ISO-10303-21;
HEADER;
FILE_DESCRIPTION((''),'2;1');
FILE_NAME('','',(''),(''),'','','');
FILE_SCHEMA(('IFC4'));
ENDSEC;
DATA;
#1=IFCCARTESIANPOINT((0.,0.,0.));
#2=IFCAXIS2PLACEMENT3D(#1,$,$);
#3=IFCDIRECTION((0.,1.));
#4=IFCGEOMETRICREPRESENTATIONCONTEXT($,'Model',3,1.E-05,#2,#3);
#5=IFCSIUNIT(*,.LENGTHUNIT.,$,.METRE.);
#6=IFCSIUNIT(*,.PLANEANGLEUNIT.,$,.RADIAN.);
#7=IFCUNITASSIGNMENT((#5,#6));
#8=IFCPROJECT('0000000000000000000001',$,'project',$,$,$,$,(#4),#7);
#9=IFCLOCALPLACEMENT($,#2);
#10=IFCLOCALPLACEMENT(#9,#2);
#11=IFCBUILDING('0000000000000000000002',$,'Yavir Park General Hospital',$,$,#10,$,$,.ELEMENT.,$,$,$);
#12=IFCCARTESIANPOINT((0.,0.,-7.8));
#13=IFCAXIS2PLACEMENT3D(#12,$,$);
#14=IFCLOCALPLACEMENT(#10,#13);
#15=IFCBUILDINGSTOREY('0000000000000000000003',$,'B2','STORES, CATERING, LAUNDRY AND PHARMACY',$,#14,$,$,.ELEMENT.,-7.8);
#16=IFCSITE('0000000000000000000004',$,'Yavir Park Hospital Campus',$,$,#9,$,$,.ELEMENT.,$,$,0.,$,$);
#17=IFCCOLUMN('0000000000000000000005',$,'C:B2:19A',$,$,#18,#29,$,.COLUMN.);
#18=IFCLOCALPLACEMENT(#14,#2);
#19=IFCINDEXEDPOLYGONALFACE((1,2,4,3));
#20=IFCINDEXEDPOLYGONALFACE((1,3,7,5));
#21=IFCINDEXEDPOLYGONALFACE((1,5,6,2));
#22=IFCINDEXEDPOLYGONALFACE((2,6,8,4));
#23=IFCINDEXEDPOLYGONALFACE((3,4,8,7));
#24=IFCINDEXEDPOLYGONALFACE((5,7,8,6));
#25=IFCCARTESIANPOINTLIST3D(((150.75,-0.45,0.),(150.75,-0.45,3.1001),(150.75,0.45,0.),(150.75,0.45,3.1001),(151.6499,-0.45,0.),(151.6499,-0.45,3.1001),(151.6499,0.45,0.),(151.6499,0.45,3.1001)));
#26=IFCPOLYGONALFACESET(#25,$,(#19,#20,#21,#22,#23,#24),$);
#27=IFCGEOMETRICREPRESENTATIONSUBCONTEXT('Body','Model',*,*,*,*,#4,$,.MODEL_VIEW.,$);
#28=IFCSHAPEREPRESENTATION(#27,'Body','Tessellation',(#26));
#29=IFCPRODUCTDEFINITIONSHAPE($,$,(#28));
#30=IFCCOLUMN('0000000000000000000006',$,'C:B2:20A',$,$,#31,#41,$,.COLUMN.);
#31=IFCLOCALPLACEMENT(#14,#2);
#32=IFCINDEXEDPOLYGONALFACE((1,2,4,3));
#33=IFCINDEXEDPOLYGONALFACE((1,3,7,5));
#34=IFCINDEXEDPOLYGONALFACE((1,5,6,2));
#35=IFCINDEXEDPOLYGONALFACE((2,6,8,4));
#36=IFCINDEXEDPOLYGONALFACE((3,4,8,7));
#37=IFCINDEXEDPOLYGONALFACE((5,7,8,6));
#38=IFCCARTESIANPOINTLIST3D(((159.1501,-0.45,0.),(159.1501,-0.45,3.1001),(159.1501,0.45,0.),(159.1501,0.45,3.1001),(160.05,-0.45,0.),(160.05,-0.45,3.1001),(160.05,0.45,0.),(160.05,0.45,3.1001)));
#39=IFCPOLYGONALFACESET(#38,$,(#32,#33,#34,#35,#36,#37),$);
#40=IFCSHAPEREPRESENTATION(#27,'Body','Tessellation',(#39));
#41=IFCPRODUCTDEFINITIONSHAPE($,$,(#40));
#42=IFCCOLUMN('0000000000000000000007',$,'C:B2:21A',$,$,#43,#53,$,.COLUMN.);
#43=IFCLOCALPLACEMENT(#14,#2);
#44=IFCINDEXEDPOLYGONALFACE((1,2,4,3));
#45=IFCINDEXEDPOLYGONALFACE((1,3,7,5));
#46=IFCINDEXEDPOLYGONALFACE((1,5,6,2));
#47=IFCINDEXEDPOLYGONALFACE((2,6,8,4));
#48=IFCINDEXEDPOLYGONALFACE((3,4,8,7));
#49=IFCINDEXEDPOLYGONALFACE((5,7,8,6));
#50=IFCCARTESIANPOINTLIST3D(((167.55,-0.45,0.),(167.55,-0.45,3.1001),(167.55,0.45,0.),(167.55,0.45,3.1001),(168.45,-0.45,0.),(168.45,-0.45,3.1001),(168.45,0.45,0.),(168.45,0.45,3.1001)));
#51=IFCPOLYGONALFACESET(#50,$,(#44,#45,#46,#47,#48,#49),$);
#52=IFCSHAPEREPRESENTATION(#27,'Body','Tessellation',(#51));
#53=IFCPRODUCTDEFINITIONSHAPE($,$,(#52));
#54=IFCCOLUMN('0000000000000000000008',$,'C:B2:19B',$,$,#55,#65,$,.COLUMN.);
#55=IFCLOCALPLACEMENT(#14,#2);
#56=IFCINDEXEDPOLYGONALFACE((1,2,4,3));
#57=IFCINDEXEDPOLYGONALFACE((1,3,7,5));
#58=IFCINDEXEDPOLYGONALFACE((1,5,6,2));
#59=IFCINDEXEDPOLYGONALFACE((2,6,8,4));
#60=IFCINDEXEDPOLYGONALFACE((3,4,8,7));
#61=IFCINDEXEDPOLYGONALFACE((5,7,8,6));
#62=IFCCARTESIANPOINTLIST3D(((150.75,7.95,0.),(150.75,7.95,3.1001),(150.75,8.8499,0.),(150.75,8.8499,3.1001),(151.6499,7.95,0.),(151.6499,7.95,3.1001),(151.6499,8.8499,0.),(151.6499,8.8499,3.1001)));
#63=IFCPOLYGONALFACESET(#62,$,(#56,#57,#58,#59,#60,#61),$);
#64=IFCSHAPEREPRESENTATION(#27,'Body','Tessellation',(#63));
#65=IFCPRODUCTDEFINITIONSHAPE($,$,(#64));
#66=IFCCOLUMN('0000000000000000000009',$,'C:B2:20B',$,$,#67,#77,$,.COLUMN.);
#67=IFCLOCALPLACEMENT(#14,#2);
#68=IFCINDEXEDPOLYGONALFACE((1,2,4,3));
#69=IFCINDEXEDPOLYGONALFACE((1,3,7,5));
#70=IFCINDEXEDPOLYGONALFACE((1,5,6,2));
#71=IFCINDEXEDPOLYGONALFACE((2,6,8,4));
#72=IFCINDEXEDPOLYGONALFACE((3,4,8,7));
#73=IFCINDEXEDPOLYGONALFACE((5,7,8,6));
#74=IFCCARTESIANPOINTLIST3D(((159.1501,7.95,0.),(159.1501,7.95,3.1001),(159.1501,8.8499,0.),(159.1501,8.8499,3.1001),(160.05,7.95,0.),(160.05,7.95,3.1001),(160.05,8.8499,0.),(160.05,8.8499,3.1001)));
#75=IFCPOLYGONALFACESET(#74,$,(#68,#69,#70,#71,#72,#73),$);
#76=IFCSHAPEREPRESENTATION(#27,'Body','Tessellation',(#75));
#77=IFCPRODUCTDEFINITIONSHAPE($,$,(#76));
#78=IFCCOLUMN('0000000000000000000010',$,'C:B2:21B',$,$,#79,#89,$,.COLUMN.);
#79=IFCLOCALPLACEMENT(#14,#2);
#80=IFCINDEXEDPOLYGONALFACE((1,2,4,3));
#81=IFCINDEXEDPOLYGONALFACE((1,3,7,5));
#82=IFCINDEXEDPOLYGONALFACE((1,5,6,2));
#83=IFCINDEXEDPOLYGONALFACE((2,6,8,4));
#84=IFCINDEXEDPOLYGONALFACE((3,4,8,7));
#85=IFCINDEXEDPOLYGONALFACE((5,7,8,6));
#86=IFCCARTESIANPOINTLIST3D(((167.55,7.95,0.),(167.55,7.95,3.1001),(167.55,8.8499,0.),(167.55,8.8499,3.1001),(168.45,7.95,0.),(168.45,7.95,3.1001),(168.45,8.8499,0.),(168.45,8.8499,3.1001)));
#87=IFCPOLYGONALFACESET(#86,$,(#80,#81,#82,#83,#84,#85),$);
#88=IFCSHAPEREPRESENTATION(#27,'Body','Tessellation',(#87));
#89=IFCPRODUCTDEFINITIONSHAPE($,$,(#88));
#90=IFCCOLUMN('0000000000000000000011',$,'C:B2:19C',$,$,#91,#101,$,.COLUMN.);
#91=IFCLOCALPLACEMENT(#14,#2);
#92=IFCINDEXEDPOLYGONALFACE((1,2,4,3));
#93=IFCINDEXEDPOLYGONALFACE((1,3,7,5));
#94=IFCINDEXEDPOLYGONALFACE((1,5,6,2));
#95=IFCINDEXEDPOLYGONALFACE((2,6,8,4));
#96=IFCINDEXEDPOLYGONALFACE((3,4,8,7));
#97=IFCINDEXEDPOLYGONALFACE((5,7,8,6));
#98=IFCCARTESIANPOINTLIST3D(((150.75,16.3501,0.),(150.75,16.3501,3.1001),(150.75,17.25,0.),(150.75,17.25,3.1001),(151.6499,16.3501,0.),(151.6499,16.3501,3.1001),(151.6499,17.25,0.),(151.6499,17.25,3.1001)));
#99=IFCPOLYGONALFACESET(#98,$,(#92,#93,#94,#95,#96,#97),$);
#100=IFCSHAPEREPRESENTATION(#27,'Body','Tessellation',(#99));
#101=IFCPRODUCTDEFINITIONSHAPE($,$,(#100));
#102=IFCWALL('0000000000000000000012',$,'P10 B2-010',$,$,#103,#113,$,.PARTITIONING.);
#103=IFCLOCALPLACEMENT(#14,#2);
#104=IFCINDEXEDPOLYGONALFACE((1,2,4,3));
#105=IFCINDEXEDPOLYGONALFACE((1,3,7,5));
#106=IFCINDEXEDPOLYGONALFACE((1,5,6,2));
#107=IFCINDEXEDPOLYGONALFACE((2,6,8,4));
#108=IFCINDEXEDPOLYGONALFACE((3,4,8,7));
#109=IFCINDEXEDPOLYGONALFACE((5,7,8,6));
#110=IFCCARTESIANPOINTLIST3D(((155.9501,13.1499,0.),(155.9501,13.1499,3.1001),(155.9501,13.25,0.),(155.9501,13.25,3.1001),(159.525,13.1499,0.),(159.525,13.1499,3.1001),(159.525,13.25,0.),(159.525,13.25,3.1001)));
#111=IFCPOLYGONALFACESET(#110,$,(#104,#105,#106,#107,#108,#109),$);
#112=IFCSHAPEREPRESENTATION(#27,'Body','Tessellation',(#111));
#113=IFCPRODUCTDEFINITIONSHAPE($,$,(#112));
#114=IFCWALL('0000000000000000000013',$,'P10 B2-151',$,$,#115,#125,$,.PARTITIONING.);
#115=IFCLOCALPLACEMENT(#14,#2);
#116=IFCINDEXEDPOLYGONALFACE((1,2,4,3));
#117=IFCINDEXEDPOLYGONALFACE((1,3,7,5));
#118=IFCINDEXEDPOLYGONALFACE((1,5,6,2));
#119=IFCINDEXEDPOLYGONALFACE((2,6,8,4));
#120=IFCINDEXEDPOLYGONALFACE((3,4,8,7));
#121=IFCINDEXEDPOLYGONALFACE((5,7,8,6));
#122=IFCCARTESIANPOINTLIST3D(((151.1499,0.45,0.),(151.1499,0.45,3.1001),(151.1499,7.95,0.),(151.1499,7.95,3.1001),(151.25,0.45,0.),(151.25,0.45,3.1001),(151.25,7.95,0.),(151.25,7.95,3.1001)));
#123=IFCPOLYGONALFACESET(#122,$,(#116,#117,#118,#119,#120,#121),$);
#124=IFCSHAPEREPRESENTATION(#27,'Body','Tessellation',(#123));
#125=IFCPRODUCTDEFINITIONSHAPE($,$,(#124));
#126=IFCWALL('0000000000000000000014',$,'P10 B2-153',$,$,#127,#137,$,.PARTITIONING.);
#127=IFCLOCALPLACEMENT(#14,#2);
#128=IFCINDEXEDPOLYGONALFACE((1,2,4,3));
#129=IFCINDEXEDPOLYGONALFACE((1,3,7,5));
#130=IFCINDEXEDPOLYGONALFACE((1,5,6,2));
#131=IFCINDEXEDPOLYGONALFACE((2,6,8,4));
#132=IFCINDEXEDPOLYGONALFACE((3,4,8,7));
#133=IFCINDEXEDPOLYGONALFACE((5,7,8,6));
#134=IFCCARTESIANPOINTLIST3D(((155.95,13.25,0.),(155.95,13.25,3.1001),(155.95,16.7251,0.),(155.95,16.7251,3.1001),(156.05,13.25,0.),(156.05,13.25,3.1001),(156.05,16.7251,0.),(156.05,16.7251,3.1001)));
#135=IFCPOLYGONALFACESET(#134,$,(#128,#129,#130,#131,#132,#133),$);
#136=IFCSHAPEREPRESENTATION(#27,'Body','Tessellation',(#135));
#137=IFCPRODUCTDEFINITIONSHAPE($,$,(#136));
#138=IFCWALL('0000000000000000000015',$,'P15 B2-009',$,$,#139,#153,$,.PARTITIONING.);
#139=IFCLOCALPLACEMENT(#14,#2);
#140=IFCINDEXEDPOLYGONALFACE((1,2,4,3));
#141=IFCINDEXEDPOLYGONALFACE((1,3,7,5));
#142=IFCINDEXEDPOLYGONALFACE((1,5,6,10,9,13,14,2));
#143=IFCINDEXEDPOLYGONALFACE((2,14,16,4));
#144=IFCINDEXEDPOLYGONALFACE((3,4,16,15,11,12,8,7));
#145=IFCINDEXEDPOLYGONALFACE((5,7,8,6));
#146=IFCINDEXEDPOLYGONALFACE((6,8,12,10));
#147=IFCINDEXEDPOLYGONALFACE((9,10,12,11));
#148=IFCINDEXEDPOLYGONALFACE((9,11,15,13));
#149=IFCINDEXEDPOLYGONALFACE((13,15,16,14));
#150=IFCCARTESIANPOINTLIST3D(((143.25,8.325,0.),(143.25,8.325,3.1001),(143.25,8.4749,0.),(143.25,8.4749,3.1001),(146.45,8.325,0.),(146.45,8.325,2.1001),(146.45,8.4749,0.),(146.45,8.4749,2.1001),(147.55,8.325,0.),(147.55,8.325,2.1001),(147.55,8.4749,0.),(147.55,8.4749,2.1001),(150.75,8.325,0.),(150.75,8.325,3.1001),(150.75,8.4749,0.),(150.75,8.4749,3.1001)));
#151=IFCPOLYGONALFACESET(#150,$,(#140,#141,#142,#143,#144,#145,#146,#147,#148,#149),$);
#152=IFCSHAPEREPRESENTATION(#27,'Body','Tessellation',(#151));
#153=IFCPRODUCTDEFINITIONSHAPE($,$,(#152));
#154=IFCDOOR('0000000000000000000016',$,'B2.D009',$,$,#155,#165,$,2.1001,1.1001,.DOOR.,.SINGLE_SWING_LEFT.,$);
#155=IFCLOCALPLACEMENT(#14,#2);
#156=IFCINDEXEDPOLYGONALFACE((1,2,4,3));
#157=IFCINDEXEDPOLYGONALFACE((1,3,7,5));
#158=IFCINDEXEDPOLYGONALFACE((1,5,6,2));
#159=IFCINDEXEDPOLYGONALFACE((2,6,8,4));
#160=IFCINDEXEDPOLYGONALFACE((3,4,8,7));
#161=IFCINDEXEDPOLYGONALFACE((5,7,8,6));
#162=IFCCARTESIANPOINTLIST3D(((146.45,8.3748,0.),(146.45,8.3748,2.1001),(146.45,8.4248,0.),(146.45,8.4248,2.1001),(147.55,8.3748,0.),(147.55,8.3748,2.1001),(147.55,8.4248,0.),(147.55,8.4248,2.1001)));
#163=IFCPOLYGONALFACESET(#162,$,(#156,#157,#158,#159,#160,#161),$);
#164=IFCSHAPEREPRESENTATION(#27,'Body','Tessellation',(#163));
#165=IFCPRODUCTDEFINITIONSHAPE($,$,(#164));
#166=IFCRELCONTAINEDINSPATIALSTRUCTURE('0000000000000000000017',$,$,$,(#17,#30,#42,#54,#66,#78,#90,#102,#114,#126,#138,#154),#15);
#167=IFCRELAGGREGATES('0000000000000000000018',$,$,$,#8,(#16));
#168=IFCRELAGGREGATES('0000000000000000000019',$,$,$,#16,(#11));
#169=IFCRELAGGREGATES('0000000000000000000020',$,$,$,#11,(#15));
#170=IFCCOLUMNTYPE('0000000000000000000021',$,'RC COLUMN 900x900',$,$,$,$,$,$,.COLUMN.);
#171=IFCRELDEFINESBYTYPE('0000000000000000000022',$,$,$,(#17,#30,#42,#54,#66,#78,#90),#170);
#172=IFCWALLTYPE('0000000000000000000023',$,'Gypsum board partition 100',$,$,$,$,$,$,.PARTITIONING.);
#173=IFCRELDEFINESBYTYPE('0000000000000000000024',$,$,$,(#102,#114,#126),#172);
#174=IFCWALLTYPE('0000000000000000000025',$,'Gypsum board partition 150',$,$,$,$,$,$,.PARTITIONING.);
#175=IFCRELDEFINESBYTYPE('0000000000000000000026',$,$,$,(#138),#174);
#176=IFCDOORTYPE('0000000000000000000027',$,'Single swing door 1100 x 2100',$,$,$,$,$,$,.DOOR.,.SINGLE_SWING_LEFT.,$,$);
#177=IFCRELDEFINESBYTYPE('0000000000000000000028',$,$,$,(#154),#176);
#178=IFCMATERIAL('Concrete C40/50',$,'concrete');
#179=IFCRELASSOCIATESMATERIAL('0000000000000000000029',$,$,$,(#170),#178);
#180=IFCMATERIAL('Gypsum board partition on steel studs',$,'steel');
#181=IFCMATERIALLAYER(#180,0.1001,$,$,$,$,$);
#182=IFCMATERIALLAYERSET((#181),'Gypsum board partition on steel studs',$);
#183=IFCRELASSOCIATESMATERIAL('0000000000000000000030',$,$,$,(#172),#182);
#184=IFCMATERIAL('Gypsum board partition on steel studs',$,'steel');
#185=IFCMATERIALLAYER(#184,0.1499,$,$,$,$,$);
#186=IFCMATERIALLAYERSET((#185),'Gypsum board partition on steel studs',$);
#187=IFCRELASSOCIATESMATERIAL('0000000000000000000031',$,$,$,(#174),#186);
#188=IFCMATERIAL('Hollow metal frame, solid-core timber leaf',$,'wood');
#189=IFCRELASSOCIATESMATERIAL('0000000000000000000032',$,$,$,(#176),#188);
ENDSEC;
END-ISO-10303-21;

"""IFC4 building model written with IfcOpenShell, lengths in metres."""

from ifc_helpers import new_model, si_unit, direction, frame, frame_2d, origin, origin_2d, place, context, subcontext, project, spatial, rectangle, extrude, material, layer, layer_set, material_profile, profile_set, type_object, element, fill, save


model = new_model("IFC4")

# Units and contexts
model_context = context("Model", 3, precision=1e-05, world=origin(), true_north=direction((0.0, 1.0)))
body_context = subcontext(model_context, "Body", "Model", "MODEL_VIEW")
ifc_project = project(units=[si_unit("LENGTHUNIT", "METRE"), si_unit("PLANEANGLEUNIT", "RADIAN")], contexts=[model_context])

# Site, building, storey
site_placement = place(None, origin())
site = spatial("IfcSite", under=ifc_project, at=site_placement, Name="Yavir Park Hospital Campus", CompositionType="ELEMENT", RefElevation=0.0)
building_placement = place(site_placement, origin())
building = spatial("IfcBuilding", under=site, at=building_placement, Name="Yavir Park General Hospital", CompositionType="ELEMENT")
storey_placement = place(building_placement, frame((0.0, 0.0, -7.8)))
storey = spatial("IfcBuildingStorey", under=building, at=storey_placement, Name="B2", Description="STORES, CATERING, LAUNDRY AND PHARMACY", CompositionType="ELEMENT", Elevation=-7.8)

# Columns
ifc_material_1 = material(Name="Concrete C40/50", Category="concrete")
ifc_material_profile = material_profile(ifc_material_1, rectangle(XDim=0.8999, YDim=0.8999, at=origin_2d()), Name="RC900x900")
ifc_profile_set = profile_set([ifc_material_profile], Name="Concrete C40/50")
column_type = type_object("IfcColumnType", Name="RC COLUMN 900x900", PredefinedType="COLUMN", material=ifc_profile_set)
for number, where, z_axis, x_axis, name in (
    (1, (151.2, 0.0, 0.0), (0.0, 0.0, 1.0), (1.0, 0.0, 0.0), "C:B2:19A"),
    (2, (159.6001, 0.0, 0.0), (0.0, 0.0, 1.0), (1.0, 0.0, 0.0), "C:B2:20A"),
    (3, (168.0, 0.0, 0.0), (0.0, 0.0, 1.0), (1.0, 0.0, 0.0), "C:B2:21A"),
    (4, (151.2, 8.3999, 0.0), (0.0, 0.0, 1.0), (1.0, 0.0, 0.0), "C:B2:19B"),
    (5, (159.6001, 8.3999, 0.0), (0.0, 0.0, 1.0), (1.0, 0.0, 0.0), "C:B2:20B"),
    (6, (168.0, 8.3999, 0.0), (0.0, 0.0, 1.0), (1.0, 0.0, 0.0), "C:B2:21B"),
    (7, (151.2, 16.8, 0.0), (0.0, 0.0, 1.0), (1.0, 0.0, 0.0), "C:B2:19C"),
):
    element("IfcColumn", number, at=place(storey_placement, frame(where, z_axis=z_axis, x_axis=x_axis)), inside=storey, type_object=column_type, Name=name, PredefinedType="COLUMN", context=body_context, shape_type="SweptSolid", body=[
        extrude(rectangle(XDim=0.8999, YDim=0.8999, at=origin_2d()), origin(), (0.0, 0.0, 1.0), 3.1001),
    ])

# Walls
ifc_material_2 = material(Name="Gypsum board partition on steel studs", Category="steel")
ifc_layer_1 = layer(ifc_material_2, 0.1001)
ifc_layer_set_1 = layer_set([ifc_layer_1], Name="Gypsum board partition on steel studs")
wall_type_1 = type_object("IfcWallType", Name="Gypsum board partition 100", PredefinedType="PARTITIONING", material=ifc_layer_set_1)
wall_1_placement = place(storey_placement, frame((155.95, 13.2, 0.0), z_axis=(0.0, 0.0, 1.0), x_axis=(1.0, 0.0, 0.0)))
element("IfcWall", 8, at=wall_1_placement, inside=storey, type_object=wall_type_1, Name="P10 B2-010", PredefinedType="PARTITIONING", context=body_context, shape_type="SweptSolid", body=[
    extrude(rectangle(XDim=3.575, YDim=0.1001, at=frame_2d((1.7876, 0.0))), origin(), (0.0, 0.0, 1.0), 3.1001),
])
wall_2_placement = place(storey_placement, frame((151.2, 0.45, 0.0), z_axis=(0.0, 0.0, 1.0), x_axis=(0.0, 1.0, 0.0)))
element("IfcWall", 9, at=wall_2_placement, inside=storey, type_object=wall_type_1, Name="P10 B2-151", PredefinedType="PARTITIONING", context=body_context, shape_type="SweptSolid", body=[
    extrude(rectangle(XDim=7.5, YDim=0.1001, at=frame_2d((3.75, 0.0))), origin(), (0.0, 0.0, 1.0), 3.1001),
])
wall_3_placement = place(storey_placement, frame((156.0, 13.25, 0.0), z_axis=(0.0, 0.0, 1.0), x_axis=(0.0, 1.0, 0.0)))
element("IfcWall", 10, at=wall_3_placement, inside=storey, type_object=wall_type_1, Name="P10 B2-153", PredefinedType="PARTITIONING", context=body_context, shape_type="SweptSolid", body=[
    extrude(rectangle(XDim=3.4751, YDim=0.1001, at=frame_2d((1.7375, 0.0))), origin(), (0.0, 0.0, 1.0), 3.1001),
])

# Wall, opening, door
ifc_material_3 = material(Name="Gypsum board partition on steel studs", Category="steel")
ifc_layer_2 = layer(ifc_material_3, 0.1499)
ifc_layer_set_2 = layer_set([ifc_layer_2], Name="Gypsum board partition on steel studs")
wall_type_2 = type_object("IfcWallType", Name="Gypsum board partition 150", PredefinedType="PARTITIONING", material=ifc_layer_set_2)
wall_4_placement = place(storey_placement, frame((143.25, 8.3999, 0.0), z_axis=(0.0, 0.0, 1.0), x_axis=(1.0, 0.0, 0.0)))
wall_4 = element("IfcWall", 11, at=wall_4_placement, inside=storey, type_object=wall_type_2, Name="P15 B2-009", PredefinedType="PARTITIONING", context=body_context, shape_type="SweptSolid", body=[
    extrude(rectangle(XDim=7.5, YDim=0.1499, at=frame_2d((3.75, 0.0))), origin(), (0.0, 0.0, 1.0), 3.1001),
])
opening_1_placement = place(wall_4_placement, frame((3.2, 0.0, 0.0)))
opening_1 = element("IfcOpeningElement", 12, at=opening_1_placement, cuts=wall_4, PredefinedType="OPENING", context=body_context, shape_type="SweptSolid", body=[
    extrude(rectangle(XDim=1.1001, YDim=2.1001, at=frame_2d((0.55, 1.05))), frame((0.0, 0.085, 0.0), z_axis=(0.0, -1.0, 0.0), x_axis=(1.0, 0.0, 0.0)), (0.0, 0.0, 1.0), 0.1699),
])
ifc_material_4 = material(Name="Hollow metal frame, solid-core timber leaf", Category="wood")
door_type_1 = type_object("IfcDoorType", Name="Single swing door 1100 x 2100", OperationType="SINGLE_SWING_LEFT", PredefinedType="DOOR", material=ifc_material_4)
door_1_placement = place(opening_1_placement, origin())
door_1 = element("IfcDoor", 13, at=door_1_placement, inside=storey, type_object=door_type_1, Name="B2.D009", OperationType="SINGLE_SWING_LEFT", OverallHeight=2.1001, OverallWidth=1.1001, PredefinedType="DOOR", context=body_context, shape_type="SweptSolid", body=[
    extrude(rectangle(XDim=1.1001, YDim=2.1001, at=frame_2d((0.55, 1.05))), frame((0.0, 0.0249, 0.0), z_axis=(0.0, -1.0, 0.0), x_axis=(1.0, 0.0, 0.0)), (0.0, 0.0, 1.0), 0.05),
])
fill(opening_1, door_1)

save(model, "model.ifc")
